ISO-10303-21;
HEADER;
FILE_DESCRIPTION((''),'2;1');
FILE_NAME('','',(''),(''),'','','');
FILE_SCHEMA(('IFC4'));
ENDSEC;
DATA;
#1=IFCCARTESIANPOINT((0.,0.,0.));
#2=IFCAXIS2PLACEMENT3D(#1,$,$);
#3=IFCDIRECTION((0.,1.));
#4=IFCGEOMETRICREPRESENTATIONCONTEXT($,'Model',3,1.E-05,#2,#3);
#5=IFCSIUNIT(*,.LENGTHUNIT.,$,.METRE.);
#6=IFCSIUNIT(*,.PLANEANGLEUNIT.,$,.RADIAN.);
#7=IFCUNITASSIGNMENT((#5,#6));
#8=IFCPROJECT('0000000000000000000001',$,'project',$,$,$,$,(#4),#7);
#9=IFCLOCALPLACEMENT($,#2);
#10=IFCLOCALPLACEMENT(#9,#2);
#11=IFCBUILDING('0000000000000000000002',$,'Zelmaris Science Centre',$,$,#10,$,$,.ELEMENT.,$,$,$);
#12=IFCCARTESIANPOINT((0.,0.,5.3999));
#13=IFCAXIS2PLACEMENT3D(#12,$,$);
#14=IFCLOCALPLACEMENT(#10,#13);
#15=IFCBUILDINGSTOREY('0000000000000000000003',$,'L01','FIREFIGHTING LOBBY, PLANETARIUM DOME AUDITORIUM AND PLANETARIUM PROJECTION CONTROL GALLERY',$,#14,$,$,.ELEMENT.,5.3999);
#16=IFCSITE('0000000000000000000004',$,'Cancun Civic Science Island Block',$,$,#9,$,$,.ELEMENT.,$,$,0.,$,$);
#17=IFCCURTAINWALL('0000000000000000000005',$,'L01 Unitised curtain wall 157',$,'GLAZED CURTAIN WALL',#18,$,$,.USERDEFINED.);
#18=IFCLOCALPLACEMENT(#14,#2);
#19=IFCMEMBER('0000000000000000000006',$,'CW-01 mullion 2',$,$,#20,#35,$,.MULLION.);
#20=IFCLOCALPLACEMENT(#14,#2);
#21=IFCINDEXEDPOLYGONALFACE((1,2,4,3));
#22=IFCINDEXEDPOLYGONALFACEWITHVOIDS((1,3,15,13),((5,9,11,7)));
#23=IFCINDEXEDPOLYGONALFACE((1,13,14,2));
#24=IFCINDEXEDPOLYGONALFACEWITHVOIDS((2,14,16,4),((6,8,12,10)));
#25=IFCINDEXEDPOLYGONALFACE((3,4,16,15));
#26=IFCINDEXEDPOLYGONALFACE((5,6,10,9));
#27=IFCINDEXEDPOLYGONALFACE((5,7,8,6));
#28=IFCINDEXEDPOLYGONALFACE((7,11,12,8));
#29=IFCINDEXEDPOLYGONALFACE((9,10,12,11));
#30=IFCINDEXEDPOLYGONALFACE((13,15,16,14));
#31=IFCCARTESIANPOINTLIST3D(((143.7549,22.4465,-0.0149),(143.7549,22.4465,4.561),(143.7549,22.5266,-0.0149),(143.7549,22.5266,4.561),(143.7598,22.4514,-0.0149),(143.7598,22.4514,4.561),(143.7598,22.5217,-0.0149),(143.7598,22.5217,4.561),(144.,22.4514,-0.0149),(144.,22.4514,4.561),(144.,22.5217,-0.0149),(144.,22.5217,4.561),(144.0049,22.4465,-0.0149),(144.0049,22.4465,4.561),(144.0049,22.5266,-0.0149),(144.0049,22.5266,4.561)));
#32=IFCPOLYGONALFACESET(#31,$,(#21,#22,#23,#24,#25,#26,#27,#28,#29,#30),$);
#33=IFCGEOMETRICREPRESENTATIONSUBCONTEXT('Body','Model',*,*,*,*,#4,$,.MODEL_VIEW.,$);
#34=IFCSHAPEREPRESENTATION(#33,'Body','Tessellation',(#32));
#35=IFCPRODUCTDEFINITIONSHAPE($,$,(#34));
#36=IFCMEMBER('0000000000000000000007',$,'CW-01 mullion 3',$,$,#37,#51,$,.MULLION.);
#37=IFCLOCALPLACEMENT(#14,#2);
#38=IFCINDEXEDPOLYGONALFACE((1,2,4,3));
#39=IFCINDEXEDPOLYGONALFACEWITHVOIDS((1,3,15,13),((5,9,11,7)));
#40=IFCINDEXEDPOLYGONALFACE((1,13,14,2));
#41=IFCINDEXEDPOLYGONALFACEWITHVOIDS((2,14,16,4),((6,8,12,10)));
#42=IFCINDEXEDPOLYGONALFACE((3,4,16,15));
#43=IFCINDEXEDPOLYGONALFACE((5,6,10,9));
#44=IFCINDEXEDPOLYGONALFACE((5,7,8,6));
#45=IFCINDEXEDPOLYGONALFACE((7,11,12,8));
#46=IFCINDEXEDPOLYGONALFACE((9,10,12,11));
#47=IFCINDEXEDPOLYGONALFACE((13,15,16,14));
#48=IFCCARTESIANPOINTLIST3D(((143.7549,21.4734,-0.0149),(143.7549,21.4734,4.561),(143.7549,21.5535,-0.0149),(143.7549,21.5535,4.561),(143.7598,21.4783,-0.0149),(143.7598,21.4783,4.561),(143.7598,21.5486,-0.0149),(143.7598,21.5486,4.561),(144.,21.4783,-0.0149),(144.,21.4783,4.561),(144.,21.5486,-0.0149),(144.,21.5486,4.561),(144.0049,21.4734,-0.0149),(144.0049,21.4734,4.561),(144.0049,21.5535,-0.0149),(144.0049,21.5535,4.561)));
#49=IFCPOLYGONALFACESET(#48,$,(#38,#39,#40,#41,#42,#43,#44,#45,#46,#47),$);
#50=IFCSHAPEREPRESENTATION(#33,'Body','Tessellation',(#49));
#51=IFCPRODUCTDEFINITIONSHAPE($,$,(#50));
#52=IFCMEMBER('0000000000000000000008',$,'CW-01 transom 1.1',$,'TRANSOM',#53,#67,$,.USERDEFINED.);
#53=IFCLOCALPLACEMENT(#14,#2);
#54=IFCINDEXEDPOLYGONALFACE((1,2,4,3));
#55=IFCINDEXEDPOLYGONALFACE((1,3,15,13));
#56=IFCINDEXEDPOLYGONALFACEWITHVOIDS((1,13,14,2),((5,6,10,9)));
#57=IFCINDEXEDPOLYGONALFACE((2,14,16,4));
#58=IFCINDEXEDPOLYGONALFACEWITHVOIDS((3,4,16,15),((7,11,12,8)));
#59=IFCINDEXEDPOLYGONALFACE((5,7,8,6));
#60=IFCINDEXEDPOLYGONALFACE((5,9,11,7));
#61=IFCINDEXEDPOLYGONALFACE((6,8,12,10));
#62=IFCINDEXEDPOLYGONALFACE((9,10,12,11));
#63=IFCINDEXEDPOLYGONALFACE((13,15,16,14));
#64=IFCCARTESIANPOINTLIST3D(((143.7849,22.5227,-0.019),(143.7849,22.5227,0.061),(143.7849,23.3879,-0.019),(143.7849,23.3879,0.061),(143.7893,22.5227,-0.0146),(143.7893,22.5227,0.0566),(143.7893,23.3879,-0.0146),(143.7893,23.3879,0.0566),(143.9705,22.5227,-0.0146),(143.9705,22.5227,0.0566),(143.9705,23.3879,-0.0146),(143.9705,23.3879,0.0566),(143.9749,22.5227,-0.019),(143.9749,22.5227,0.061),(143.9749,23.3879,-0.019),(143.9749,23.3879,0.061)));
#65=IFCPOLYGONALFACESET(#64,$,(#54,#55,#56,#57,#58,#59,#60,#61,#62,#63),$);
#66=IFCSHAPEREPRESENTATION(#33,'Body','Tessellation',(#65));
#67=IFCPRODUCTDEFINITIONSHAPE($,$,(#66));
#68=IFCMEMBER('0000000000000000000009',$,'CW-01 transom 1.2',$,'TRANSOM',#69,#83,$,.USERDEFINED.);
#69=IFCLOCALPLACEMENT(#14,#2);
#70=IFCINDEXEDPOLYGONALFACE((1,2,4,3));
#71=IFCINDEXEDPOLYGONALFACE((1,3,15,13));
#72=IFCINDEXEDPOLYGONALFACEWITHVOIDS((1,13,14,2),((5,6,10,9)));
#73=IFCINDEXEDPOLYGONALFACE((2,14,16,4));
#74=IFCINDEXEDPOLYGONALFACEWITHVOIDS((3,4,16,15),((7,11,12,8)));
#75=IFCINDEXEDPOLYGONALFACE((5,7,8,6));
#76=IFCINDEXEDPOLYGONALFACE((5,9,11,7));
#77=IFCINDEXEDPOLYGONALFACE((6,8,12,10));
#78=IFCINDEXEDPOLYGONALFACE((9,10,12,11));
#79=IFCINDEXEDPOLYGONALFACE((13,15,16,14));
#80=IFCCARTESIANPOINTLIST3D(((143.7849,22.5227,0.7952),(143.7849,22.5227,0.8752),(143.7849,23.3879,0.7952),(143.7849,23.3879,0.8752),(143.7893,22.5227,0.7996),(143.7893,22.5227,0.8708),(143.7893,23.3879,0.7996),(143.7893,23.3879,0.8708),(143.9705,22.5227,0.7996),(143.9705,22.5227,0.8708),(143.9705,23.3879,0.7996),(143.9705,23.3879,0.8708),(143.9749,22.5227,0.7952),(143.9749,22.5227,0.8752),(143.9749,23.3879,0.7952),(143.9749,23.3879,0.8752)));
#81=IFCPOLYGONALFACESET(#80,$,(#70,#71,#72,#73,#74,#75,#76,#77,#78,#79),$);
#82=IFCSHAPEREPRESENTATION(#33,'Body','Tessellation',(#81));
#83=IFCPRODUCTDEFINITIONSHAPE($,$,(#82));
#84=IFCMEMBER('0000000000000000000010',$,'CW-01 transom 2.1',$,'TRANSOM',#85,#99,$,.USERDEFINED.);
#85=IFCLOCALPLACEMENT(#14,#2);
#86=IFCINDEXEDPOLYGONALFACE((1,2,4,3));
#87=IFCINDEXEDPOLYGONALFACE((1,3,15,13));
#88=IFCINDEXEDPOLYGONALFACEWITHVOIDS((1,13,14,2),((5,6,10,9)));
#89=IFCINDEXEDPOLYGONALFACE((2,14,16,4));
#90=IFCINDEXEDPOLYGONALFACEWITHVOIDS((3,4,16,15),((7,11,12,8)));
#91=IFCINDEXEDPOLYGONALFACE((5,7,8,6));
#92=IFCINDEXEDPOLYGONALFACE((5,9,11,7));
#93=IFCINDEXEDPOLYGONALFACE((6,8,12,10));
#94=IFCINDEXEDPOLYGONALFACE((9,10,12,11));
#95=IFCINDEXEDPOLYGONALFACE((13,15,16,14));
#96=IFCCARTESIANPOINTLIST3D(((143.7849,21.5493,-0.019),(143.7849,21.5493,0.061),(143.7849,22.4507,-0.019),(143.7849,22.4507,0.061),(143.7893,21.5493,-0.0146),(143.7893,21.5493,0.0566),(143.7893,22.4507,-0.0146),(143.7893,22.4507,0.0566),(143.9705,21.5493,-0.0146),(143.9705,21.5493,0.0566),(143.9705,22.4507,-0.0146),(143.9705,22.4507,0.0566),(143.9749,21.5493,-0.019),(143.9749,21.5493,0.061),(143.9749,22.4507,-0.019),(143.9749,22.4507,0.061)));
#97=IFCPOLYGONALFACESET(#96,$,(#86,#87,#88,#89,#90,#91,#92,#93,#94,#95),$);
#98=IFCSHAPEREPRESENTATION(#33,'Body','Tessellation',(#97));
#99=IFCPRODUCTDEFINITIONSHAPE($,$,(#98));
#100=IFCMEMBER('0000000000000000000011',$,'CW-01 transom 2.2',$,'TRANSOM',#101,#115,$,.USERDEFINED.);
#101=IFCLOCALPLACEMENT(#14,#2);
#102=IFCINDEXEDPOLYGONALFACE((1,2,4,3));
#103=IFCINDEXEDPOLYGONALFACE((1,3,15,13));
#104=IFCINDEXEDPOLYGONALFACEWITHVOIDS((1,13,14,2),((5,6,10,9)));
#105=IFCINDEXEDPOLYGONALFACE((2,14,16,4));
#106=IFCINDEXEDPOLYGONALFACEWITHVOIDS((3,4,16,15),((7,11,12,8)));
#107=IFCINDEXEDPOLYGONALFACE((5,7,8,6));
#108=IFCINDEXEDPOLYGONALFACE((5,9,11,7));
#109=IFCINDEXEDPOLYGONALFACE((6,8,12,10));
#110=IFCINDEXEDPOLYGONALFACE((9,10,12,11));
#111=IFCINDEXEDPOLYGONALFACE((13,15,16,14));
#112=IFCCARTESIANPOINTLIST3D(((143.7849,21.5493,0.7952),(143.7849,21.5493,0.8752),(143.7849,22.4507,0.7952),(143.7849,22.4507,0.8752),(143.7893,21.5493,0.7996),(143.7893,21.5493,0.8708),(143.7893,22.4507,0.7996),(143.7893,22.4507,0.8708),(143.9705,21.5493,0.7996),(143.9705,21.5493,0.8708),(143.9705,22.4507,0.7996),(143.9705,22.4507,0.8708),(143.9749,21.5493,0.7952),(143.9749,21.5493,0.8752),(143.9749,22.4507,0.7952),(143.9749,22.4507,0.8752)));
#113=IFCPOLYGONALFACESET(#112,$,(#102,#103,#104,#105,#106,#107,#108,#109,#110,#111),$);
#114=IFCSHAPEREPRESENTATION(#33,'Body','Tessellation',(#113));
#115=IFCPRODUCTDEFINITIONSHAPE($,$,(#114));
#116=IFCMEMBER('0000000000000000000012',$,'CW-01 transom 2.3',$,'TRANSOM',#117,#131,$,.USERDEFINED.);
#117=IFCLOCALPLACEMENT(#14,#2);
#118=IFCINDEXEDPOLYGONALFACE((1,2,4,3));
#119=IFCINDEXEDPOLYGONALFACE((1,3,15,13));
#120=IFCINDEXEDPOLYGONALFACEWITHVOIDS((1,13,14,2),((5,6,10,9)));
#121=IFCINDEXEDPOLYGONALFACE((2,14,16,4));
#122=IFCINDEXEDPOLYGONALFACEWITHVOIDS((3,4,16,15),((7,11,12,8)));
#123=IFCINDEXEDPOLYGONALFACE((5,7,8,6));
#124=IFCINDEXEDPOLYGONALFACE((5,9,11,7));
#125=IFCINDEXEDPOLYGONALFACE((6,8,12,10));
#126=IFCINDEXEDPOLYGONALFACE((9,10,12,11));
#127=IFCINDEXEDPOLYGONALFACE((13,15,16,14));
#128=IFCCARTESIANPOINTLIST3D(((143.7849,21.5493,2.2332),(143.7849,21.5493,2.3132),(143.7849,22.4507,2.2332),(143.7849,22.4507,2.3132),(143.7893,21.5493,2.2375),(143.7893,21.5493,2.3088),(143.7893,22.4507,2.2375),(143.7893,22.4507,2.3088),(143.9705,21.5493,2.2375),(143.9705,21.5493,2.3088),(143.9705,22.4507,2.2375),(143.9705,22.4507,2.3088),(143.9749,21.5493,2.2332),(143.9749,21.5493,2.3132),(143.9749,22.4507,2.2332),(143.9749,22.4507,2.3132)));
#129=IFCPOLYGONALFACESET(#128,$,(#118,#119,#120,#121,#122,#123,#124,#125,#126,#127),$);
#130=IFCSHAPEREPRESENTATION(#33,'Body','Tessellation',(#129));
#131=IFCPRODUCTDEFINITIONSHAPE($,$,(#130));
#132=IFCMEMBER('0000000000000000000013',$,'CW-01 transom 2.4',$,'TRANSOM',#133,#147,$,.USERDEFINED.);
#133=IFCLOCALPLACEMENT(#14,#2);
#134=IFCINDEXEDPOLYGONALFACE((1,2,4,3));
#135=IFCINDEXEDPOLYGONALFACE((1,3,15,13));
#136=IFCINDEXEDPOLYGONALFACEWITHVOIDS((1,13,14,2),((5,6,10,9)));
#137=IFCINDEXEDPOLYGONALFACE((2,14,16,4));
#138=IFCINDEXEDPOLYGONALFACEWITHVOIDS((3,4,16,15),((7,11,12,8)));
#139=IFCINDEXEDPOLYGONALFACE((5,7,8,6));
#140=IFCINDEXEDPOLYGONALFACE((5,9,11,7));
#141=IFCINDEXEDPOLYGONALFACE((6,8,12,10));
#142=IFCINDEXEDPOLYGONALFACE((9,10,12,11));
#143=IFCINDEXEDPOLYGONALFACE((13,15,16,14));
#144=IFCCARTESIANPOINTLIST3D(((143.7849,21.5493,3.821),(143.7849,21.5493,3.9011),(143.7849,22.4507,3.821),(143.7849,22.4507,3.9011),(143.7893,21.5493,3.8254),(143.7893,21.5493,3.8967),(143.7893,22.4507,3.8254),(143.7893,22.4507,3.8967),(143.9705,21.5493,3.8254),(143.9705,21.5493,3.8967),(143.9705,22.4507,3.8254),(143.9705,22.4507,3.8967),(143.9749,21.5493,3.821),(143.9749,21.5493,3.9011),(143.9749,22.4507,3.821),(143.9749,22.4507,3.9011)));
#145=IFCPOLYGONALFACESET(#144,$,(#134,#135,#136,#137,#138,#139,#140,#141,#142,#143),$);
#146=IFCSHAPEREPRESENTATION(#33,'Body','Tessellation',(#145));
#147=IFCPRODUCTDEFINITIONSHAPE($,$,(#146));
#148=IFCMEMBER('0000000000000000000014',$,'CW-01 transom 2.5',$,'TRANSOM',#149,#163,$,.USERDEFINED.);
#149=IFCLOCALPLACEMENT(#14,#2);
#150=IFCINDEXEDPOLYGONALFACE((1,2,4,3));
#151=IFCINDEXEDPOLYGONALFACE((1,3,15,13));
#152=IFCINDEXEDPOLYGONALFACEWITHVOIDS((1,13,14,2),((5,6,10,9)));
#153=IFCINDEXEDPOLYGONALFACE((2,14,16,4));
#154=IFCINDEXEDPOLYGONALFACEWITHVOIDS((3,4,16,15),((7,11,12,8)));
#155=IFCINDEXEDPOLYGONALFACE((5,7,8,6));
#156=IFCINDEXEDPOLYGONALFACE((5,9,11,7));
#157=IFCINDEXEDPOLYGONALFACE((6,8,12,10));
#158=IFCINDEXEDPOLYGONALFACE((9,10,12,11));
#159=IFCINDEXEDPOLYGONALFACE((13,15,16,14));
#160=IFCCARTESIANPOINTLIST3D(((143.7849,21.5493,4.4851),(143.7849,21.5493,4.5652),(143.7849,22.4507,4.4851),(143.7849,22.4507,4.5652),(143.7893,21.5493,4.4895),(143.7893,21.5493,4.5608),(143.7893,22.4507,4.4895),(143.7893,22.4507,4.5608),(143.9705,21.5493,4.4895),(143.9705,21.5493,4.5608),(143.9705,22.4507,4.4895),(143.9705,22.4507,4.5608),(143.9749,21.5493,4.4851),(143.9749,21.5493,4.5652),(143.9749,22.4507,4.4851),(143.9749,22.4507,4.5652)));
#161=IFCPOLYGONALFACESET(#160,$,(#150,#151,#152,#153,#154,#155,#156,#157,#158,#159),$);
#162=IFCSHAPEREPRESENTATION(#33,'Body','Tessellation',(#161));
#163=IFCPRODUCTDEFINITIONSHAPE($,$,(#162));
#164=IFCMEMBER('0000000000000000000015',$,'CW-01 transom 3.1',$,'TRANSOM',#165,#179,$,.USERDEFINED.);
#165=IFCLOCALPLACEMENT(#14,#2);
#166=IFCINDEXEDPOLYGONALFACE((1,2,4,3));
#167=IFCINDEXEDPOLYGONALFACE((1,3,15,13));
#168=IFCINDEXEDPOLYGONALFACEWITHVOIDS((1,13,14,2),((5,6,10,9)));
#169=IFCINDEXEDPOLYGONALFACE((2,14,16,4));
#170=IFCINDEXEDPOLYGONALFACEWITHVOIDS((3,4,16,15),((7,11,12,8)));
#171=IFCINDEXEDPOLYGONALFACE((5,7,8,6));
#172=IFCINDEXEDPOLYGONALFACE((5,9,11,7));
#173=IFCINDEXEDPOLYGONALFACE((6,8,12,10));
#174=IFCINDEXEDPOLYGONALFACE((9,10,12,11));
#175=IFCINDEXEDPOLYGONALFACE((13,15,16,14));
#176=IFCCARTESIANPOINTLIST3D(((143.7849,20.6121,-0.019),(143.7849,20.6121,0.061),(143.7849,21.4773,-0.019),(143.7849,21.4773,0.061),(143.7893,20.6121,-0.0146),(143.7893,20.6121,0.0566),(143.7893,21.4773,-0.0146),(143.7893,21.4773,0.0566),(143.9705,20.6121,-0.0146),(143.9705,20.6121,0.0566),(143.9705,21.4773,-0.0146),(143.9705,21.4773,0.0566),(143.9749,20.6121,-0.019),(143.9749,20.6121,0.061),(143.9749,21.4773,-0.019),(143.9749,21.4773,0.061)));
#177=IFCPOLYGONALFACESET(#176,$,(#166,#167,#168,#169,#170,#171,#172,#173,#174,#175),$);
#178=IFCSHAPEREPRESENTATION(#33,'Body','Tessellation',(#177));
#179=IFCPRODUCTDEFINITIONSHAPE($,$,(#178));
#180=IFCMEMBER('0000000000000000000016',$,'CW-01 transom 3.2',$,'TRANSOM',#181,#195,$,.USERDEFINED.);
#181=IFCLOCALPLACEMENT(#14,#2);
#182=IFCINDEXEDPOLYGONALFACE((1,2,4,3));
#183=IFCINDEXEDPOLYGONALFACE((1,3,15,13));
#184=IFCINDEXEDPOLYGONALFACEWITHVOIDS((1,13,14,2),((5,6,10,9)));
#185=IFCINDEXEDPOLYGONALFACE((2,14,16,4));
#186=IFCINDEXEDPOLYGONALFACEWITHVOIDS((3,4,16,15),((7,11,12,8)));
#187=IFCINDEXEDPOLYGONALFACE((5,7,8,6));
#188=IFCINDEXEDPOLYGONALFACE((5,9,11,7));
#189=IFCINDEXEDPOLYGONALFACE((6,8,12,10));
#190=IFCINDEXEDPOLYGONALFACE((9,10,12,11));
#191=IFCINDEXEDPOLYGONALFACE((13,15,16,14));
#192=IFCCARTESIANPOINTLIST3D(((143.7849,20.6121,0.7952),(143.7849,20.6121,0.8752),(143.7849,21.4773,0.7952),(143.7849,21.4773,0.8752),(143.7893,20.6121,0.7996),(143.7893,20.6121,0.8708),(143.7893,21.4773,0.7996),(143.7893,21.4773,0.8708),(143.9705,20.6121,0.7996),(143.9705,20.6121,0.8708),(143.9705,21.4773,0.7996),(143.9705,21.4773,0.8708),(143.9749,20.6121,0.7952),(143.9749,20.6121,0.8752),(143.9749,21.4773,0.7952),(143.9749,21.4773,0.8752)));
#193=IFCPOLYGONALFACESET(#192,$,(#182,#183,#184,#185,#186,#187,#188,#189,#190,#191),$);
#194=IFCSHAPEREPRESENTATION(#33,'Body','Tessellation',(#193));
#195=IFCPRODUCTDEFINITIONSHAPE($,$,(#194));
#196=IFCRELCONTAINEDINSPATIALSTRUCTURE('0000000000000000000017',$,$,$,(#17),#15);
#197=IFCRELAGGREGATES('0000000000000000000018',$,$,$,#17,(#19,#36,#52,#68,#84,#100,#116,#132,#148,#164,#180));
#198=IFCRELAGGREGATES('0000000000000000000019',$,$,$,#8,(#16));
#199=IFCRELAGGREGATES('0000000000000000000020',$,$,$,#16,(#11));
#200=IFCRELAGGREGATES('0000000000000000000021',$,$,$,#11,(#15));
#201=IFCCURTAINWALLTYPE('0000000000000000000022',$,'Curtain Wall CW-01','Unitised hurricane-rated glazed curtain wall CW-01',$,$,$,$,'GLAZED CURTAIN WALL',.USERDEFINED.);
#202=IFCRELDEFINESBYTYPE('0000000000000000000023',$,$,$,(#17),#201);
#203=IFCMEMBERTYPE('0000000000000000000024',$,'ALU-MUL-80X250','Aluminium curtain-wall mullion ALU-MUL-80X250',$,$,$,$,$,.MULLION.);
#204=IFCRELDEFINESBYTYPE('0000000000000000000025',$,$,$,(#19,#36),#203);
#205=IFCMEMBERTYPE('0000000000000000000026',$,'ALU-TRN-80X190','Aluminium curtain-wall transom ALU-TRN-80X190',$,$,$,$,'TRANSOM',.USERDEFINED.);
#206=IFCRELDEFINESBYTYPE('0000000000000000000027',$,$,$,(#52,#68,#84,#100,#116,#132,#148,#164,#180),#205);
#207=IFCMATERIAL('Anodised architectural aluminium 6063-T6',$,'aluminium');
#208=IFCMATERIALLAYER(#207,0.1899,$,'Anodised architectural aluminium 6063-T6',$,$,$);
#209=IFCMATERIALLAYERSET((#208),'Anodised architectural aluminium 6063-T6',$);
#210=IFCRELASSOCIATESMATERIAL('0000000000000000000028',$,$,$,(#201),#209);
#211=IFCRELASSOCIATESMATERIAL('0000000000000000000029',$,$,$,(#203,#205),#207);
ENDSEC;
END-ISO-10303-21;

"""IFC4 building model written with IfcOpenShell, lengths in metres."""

from ifc_helpers import new_model, si_unit, direction, frame, origin, origin_2d, place, context, subcontext, project, spatial, hollow_rectangle, extrude, material, layer, layer_set, material_profile, profile_set, type_object, element, aggregate, save


model = new_model("IFC4")

# Units and contexts
model_context = context("Model", 3, precision=1e-05, world=origin(), true_north=direction((0.0, 1.0)))
body_context = subcontext(model_context, "Body", "Model", "MODEL_VIEW")
ifc_project = project(units=[si_unit("LENGTHUNIT", "METRE"), si_unit("PLANEANGLEUNIT", "RADIAN")], contexts=[model_context])

# Site, building, storey
site_placement = place(None, origin())
site = spatial("IfcSite", under=ifc_project, at=site_placement, Name="Cancun Civic Science Island Block", CompositionType="ELEMENT", RefElevation=0.0)
building_placement = place(site_placement, origin())
building = spatial("IfcBuilding", under=site, at=building_placement, Name="Zelmaris Science Centre", CompositionType="ELEMENT")
storey_placement = place(building_placement, frame((0.0, 0.0, 5.3999)))
storey = spatial("IfcBuildingStorey", under=building, at=storey_placement, Name="L01", Description="FIREFIGHTING LOBBY, PLANETARIUM DOME AUDITORIUM AND PLANETARIUM PROJECTION CONTROL GALLERY", CompositionType="ELEMENT", Elevation=5.3999)

# Curtain wall, members
ifc_material_1 = material(Name="Anodised architectural aluminium 6063-T6", Category="aluminium")
ifc_layer_1 = layer(ifc_material_1, 0.1899, Name="Anodised architectural aluminium 6063-T6")
ifc_layer_set_1 = layer_set([ifc_layer_1], Name="Anodised architectural aluminium 6063-T6")
curtain_wall_type = type_object("IfcCurtainWallType", Name="Curtain Wall CW-01", Description="Unitised hurricane-rated glazed curtain wall CW-01", ElementType="GLAZED CURTAIN WALL", PredefinedType="USERDEFINED", material=ifc_layer_set_1)
curtain_wall_placement = place(storey_placement, origin())
curtain_wall = element("IfcCurtainWall", 1, at=curtain_wall_placement, inside=storey, type_object=curtain_wall_type, Name="L01 Unitised curtain wall 157", ObjectType="GLAZED CURTAIN WALL", PredefinedType="USERDEFINED")
ifc_material_profile_1 = material_profile(ifc_material_1, hollow_rectangle(XDim=0.0801, YDim=0.25, WallThickness=0.0049, at=origin_2d()), Name="ALU-MUL-80X250")
ifc_profile_set_1 = profile_set([ifc_material_profile_1], Name="Anodised architectural aluminium 6063-T6")
member_type_1 = type_object("IfcMemberType", Name="ALU-MUL-80X250", Description="Aluminium curtain-wall mullion ALU-MUL-80X250", PredefinedType="MULLION", material=ifc_profile_set_1)
member_1_placement = place(storey_placement, frame((143.8799, 22.4866, -0.0149), z_axis=(0.0, 0.0, 1.0), x_axis=(0.0, -1.0, 0.0)))
member_1 = element("IfcMember", 2, at=member_1_placement, type_object=member_type_1, Name="CW-01 mullion 2", PredefinedType="MULLION", context=body_context, shape_type="SweptSolid", body=[
    extrude(hollow_rectangle(XDim=0.0801, YDim=0.25, WallThickness=0.0049, at=origin_2d()), origin(), (0.0, 0.0, 1.0), 4.5759),
])
member_2_placement = place(storey_placement, frame((143.8799, 21.5134, -0.0149), z_axis=(0.0, 0.0, 1.0), x_axis=(0.0, -1.0, 0.0)))
member_2 = element("IfcMember", 3, at=member_2_placement, type_object=member_type_1, Name="CW-01 mullion 3", PredefinedType="MULLION", context=body_context, shape_type="SweptSolid", body=[
    extrude(hollow_rectangle(XDim=0.0801, YDim=0.25, WallThickness=0.0049, at=origin_2d()), origin(), (0.0, 0.0, 1.0), 4.5759),
])
ifc_material_profile_2 = material_profile(ifc_material_1, hollow_rectangle(XDim=0.0801, YDim=0.1899, WallThickness=0.0044, at=origin_2d()), Name="ALU-TRN-80X190")
ifc_profile_set_2 = profile_set([ifc_material_profile_2], Name="Anodised architectural aluminium 6063-T6")
member_type_2 = type_object("IfcMemberType", Name="ALU-TRN-80X190", Description="Aluminium curtain-wall transom ALU-TRN-80X190", ElementType="TRANSOM", PredefinedType="USERDEFINED", material=ifc_profile_set_2)
member_3_placement = place(storey_placement, frame((143.8799, 23.3879, 0.021), z_axis=(0.0, -1.0, 0.0), x_axis=(0.0, 0.0, 1.0)))
member_3 = element("IfcMember", 4, at=member_3_placement, type_object=member_type_2, Name="CW-01 transom 1.1", ObjectType="TRANSOM", PredefinedType="USERDEFINED", context=body_context, shape_type="SweptSolid", body=[
    extrude(hollow_rectangle(XDim=0.0801, YDim=0.1899, WallThickness=0.0044, at=origin_2d()), origin(), (0.0, 0.0, 1.0), 0.8652),
])
member_4_placement = place(storey_placement, frame((143.8799, 23.3879, 0.8352), z_axis=(0.0, -1.0, 0.0), x_axis=(0.0, 0.0, 1.0)))
member_4 = element("IfcMember", 5, at=member_4_placement, type_object=member_type_2, Name="CW-01 transom 1.2", ObjectType="TRANSOM", PredefinedType="USERDEFINED", context=body_context, shape_type="SweptSolid", body=[
    extrude(hollow_rectangle(XDim=0.0801, YDim=0.1899, WallThickness=0.0044, at=origin_2d()), origin(), (0.0, 0.0, 1.0), 0.8652),
])
member_5_placement = place(storey_placement, frame((143.8799, 22.4507, 0.021), z_axis=(0.0, -1.0, 0.0), x_axis=(0.0, 0.0, 1.0)))
member_5 = element("IfcMember", 6, at=member_5_placement, type_object=member_type_2, Name="CW-01 transom 2.1", ObjectType="TRANSOM", PredefinedType="USERDEFINED", context=body_context, shape_type="SweptSolid", body=[
    extrude(hollow_rectangle(XDim=0.0801, YDim=0.1899, WallThickness=0.0044, at=origin_2d()), origin(), (0.0, 0.0, 1.0), 0.9014),
])
member_6_placement = place(storey_placement, frame((143.8799, 22.4507, 0.8352), z_axis=(0.0, -1.0, 0.0), x_axis=(0.0, 0.0, 1.0)))
member_6 = element("IfcMember", 7, at=member_6_placement, type_object=member_type_2, Name="CW-01 transom 2.2", ObjectType="TRANSOM", PredefinedType="USERDEFINED", context=body_context, shape_type="SweptSolid", body=[
    extrude(hollow_rectangle(XDim=0.0801, YDim=0.1899, WallThickness=0.0044, at=origin_2d()), origin(), (0.0, 0.0, 1.0), 0.9014),
])
member_7_placement = place(storey_placement, frame((143.8799, 22.4507, 2.2732), z_axis=(0.0, -1.0, 0.0), x_axis=(0.0, 0.0, 1.0)))
member_7 = element("IfcMember", 8, at=member_7_placement, type_object=member_type_2, Name="CW-01 transom 2.3", ObjectType="TRANSOM", PredefinedType="USERDEFINED", context=body_context, shape_type="SweptSolid", body=[
    extrude(hollow_rectangle(XDim=0.0801, YDim=0.1899, WallThickness=0.0044, at=origin_2d()), origin(), (0.0, 0.0, 1.0), 0.9014),
])
member_8_placement = place(storey_placement, frame((143.8799, 22.4507, 3.8611), z_axis=(0.0, -1.0, 0.0), x_axis=(0.0, 0.0, 1.0)))
member_8 = element("IfcMember", 9, at=member_8_placement, type_object=member_type_2, Name="CW-01 transom 2.4", ObjectType="TRANSOM", PredefinedType="USERDEFINED", context=body_context, shape_type="SweptSolid", body=[
    extrude(hollow_rectangle(XDim=0.0801, YDim=0.1899, WallThickness=0.0044, at=origin_2d()), origin(), (0.0, 0.0, 1.0), 0.9014),
])
member_9_placement = place(storey_placement, frame((143.8799, 22.4507, 4.5251), z_axis=(0.0, -1.0, 0.0), x_axis=(0.0, 0.0, 1.0)))
member_9 = element("IfcMember", 10, at=member_9_placement, type_object=member_type_2, Name="CW-01 transom 2.5", ObjectType="TRANSOM", PredefinedType="USERDEFINED", context=body_context, shape_type="SweptSolid", body=[
    extrude(hollow_rectangle(XDim=0.0801, YDim=0.1899, WallThickness=0.0044, at=origin_2d()), origin(), (0.0, 0.0, 1.0), 0.9014),
])
member_10_placement = place(storey_placement, frame((143.8799, 21.4773, 0.021), z_axis=(0.0, -1.0, 0.0), x_axis=(0.0, 0.0, 1.0)))
member_10 = element("IfcMember", 11, at=member_10_placement, type_object=member_type_2, Name="CW-01 transom 3.1", ObjectType="TRANSOM", PredefinedType="USERDEFINED", context=body_context, shape_type="SweptSolid", body=[
    extrude(hollow_rectangle(XDim=0.0801, YDim=0.1899, WallThickness=0.0044, at=origin_2d()), origin(), (0.0, 0.0, 1.0), 0.8652),
])
member_11_placement = place(storey_placement, frame((143.8799, 21.4773, 0.8352), z_axis=(0.0, -1.0, 0.0), x_axis=(0.0, 0.0, 1.0)))
member_11 = element("IfcMember", 12, at=member_11_placement, type_object=member_type_2, Name="CW-01 transom 3.2", ObjectType="TRANSOM", PredefinedType="USERDEFINED", context=body_context, shape_type="SweptSolid", body=[
    extrude(hollow_rectangle(XDim=0.0801, YDim=0.1899, WallThickness=0.0044, at=origin_2d()), origin(), (0.0, 0.0, 1.0), 0.8652),
])
aggregate(curtain_wall, [member_1, member_2, member_3, member_4, member_5, member_6, member_7, member_8, member_9, member_10, member_11])

save(model, "model.ifc")
